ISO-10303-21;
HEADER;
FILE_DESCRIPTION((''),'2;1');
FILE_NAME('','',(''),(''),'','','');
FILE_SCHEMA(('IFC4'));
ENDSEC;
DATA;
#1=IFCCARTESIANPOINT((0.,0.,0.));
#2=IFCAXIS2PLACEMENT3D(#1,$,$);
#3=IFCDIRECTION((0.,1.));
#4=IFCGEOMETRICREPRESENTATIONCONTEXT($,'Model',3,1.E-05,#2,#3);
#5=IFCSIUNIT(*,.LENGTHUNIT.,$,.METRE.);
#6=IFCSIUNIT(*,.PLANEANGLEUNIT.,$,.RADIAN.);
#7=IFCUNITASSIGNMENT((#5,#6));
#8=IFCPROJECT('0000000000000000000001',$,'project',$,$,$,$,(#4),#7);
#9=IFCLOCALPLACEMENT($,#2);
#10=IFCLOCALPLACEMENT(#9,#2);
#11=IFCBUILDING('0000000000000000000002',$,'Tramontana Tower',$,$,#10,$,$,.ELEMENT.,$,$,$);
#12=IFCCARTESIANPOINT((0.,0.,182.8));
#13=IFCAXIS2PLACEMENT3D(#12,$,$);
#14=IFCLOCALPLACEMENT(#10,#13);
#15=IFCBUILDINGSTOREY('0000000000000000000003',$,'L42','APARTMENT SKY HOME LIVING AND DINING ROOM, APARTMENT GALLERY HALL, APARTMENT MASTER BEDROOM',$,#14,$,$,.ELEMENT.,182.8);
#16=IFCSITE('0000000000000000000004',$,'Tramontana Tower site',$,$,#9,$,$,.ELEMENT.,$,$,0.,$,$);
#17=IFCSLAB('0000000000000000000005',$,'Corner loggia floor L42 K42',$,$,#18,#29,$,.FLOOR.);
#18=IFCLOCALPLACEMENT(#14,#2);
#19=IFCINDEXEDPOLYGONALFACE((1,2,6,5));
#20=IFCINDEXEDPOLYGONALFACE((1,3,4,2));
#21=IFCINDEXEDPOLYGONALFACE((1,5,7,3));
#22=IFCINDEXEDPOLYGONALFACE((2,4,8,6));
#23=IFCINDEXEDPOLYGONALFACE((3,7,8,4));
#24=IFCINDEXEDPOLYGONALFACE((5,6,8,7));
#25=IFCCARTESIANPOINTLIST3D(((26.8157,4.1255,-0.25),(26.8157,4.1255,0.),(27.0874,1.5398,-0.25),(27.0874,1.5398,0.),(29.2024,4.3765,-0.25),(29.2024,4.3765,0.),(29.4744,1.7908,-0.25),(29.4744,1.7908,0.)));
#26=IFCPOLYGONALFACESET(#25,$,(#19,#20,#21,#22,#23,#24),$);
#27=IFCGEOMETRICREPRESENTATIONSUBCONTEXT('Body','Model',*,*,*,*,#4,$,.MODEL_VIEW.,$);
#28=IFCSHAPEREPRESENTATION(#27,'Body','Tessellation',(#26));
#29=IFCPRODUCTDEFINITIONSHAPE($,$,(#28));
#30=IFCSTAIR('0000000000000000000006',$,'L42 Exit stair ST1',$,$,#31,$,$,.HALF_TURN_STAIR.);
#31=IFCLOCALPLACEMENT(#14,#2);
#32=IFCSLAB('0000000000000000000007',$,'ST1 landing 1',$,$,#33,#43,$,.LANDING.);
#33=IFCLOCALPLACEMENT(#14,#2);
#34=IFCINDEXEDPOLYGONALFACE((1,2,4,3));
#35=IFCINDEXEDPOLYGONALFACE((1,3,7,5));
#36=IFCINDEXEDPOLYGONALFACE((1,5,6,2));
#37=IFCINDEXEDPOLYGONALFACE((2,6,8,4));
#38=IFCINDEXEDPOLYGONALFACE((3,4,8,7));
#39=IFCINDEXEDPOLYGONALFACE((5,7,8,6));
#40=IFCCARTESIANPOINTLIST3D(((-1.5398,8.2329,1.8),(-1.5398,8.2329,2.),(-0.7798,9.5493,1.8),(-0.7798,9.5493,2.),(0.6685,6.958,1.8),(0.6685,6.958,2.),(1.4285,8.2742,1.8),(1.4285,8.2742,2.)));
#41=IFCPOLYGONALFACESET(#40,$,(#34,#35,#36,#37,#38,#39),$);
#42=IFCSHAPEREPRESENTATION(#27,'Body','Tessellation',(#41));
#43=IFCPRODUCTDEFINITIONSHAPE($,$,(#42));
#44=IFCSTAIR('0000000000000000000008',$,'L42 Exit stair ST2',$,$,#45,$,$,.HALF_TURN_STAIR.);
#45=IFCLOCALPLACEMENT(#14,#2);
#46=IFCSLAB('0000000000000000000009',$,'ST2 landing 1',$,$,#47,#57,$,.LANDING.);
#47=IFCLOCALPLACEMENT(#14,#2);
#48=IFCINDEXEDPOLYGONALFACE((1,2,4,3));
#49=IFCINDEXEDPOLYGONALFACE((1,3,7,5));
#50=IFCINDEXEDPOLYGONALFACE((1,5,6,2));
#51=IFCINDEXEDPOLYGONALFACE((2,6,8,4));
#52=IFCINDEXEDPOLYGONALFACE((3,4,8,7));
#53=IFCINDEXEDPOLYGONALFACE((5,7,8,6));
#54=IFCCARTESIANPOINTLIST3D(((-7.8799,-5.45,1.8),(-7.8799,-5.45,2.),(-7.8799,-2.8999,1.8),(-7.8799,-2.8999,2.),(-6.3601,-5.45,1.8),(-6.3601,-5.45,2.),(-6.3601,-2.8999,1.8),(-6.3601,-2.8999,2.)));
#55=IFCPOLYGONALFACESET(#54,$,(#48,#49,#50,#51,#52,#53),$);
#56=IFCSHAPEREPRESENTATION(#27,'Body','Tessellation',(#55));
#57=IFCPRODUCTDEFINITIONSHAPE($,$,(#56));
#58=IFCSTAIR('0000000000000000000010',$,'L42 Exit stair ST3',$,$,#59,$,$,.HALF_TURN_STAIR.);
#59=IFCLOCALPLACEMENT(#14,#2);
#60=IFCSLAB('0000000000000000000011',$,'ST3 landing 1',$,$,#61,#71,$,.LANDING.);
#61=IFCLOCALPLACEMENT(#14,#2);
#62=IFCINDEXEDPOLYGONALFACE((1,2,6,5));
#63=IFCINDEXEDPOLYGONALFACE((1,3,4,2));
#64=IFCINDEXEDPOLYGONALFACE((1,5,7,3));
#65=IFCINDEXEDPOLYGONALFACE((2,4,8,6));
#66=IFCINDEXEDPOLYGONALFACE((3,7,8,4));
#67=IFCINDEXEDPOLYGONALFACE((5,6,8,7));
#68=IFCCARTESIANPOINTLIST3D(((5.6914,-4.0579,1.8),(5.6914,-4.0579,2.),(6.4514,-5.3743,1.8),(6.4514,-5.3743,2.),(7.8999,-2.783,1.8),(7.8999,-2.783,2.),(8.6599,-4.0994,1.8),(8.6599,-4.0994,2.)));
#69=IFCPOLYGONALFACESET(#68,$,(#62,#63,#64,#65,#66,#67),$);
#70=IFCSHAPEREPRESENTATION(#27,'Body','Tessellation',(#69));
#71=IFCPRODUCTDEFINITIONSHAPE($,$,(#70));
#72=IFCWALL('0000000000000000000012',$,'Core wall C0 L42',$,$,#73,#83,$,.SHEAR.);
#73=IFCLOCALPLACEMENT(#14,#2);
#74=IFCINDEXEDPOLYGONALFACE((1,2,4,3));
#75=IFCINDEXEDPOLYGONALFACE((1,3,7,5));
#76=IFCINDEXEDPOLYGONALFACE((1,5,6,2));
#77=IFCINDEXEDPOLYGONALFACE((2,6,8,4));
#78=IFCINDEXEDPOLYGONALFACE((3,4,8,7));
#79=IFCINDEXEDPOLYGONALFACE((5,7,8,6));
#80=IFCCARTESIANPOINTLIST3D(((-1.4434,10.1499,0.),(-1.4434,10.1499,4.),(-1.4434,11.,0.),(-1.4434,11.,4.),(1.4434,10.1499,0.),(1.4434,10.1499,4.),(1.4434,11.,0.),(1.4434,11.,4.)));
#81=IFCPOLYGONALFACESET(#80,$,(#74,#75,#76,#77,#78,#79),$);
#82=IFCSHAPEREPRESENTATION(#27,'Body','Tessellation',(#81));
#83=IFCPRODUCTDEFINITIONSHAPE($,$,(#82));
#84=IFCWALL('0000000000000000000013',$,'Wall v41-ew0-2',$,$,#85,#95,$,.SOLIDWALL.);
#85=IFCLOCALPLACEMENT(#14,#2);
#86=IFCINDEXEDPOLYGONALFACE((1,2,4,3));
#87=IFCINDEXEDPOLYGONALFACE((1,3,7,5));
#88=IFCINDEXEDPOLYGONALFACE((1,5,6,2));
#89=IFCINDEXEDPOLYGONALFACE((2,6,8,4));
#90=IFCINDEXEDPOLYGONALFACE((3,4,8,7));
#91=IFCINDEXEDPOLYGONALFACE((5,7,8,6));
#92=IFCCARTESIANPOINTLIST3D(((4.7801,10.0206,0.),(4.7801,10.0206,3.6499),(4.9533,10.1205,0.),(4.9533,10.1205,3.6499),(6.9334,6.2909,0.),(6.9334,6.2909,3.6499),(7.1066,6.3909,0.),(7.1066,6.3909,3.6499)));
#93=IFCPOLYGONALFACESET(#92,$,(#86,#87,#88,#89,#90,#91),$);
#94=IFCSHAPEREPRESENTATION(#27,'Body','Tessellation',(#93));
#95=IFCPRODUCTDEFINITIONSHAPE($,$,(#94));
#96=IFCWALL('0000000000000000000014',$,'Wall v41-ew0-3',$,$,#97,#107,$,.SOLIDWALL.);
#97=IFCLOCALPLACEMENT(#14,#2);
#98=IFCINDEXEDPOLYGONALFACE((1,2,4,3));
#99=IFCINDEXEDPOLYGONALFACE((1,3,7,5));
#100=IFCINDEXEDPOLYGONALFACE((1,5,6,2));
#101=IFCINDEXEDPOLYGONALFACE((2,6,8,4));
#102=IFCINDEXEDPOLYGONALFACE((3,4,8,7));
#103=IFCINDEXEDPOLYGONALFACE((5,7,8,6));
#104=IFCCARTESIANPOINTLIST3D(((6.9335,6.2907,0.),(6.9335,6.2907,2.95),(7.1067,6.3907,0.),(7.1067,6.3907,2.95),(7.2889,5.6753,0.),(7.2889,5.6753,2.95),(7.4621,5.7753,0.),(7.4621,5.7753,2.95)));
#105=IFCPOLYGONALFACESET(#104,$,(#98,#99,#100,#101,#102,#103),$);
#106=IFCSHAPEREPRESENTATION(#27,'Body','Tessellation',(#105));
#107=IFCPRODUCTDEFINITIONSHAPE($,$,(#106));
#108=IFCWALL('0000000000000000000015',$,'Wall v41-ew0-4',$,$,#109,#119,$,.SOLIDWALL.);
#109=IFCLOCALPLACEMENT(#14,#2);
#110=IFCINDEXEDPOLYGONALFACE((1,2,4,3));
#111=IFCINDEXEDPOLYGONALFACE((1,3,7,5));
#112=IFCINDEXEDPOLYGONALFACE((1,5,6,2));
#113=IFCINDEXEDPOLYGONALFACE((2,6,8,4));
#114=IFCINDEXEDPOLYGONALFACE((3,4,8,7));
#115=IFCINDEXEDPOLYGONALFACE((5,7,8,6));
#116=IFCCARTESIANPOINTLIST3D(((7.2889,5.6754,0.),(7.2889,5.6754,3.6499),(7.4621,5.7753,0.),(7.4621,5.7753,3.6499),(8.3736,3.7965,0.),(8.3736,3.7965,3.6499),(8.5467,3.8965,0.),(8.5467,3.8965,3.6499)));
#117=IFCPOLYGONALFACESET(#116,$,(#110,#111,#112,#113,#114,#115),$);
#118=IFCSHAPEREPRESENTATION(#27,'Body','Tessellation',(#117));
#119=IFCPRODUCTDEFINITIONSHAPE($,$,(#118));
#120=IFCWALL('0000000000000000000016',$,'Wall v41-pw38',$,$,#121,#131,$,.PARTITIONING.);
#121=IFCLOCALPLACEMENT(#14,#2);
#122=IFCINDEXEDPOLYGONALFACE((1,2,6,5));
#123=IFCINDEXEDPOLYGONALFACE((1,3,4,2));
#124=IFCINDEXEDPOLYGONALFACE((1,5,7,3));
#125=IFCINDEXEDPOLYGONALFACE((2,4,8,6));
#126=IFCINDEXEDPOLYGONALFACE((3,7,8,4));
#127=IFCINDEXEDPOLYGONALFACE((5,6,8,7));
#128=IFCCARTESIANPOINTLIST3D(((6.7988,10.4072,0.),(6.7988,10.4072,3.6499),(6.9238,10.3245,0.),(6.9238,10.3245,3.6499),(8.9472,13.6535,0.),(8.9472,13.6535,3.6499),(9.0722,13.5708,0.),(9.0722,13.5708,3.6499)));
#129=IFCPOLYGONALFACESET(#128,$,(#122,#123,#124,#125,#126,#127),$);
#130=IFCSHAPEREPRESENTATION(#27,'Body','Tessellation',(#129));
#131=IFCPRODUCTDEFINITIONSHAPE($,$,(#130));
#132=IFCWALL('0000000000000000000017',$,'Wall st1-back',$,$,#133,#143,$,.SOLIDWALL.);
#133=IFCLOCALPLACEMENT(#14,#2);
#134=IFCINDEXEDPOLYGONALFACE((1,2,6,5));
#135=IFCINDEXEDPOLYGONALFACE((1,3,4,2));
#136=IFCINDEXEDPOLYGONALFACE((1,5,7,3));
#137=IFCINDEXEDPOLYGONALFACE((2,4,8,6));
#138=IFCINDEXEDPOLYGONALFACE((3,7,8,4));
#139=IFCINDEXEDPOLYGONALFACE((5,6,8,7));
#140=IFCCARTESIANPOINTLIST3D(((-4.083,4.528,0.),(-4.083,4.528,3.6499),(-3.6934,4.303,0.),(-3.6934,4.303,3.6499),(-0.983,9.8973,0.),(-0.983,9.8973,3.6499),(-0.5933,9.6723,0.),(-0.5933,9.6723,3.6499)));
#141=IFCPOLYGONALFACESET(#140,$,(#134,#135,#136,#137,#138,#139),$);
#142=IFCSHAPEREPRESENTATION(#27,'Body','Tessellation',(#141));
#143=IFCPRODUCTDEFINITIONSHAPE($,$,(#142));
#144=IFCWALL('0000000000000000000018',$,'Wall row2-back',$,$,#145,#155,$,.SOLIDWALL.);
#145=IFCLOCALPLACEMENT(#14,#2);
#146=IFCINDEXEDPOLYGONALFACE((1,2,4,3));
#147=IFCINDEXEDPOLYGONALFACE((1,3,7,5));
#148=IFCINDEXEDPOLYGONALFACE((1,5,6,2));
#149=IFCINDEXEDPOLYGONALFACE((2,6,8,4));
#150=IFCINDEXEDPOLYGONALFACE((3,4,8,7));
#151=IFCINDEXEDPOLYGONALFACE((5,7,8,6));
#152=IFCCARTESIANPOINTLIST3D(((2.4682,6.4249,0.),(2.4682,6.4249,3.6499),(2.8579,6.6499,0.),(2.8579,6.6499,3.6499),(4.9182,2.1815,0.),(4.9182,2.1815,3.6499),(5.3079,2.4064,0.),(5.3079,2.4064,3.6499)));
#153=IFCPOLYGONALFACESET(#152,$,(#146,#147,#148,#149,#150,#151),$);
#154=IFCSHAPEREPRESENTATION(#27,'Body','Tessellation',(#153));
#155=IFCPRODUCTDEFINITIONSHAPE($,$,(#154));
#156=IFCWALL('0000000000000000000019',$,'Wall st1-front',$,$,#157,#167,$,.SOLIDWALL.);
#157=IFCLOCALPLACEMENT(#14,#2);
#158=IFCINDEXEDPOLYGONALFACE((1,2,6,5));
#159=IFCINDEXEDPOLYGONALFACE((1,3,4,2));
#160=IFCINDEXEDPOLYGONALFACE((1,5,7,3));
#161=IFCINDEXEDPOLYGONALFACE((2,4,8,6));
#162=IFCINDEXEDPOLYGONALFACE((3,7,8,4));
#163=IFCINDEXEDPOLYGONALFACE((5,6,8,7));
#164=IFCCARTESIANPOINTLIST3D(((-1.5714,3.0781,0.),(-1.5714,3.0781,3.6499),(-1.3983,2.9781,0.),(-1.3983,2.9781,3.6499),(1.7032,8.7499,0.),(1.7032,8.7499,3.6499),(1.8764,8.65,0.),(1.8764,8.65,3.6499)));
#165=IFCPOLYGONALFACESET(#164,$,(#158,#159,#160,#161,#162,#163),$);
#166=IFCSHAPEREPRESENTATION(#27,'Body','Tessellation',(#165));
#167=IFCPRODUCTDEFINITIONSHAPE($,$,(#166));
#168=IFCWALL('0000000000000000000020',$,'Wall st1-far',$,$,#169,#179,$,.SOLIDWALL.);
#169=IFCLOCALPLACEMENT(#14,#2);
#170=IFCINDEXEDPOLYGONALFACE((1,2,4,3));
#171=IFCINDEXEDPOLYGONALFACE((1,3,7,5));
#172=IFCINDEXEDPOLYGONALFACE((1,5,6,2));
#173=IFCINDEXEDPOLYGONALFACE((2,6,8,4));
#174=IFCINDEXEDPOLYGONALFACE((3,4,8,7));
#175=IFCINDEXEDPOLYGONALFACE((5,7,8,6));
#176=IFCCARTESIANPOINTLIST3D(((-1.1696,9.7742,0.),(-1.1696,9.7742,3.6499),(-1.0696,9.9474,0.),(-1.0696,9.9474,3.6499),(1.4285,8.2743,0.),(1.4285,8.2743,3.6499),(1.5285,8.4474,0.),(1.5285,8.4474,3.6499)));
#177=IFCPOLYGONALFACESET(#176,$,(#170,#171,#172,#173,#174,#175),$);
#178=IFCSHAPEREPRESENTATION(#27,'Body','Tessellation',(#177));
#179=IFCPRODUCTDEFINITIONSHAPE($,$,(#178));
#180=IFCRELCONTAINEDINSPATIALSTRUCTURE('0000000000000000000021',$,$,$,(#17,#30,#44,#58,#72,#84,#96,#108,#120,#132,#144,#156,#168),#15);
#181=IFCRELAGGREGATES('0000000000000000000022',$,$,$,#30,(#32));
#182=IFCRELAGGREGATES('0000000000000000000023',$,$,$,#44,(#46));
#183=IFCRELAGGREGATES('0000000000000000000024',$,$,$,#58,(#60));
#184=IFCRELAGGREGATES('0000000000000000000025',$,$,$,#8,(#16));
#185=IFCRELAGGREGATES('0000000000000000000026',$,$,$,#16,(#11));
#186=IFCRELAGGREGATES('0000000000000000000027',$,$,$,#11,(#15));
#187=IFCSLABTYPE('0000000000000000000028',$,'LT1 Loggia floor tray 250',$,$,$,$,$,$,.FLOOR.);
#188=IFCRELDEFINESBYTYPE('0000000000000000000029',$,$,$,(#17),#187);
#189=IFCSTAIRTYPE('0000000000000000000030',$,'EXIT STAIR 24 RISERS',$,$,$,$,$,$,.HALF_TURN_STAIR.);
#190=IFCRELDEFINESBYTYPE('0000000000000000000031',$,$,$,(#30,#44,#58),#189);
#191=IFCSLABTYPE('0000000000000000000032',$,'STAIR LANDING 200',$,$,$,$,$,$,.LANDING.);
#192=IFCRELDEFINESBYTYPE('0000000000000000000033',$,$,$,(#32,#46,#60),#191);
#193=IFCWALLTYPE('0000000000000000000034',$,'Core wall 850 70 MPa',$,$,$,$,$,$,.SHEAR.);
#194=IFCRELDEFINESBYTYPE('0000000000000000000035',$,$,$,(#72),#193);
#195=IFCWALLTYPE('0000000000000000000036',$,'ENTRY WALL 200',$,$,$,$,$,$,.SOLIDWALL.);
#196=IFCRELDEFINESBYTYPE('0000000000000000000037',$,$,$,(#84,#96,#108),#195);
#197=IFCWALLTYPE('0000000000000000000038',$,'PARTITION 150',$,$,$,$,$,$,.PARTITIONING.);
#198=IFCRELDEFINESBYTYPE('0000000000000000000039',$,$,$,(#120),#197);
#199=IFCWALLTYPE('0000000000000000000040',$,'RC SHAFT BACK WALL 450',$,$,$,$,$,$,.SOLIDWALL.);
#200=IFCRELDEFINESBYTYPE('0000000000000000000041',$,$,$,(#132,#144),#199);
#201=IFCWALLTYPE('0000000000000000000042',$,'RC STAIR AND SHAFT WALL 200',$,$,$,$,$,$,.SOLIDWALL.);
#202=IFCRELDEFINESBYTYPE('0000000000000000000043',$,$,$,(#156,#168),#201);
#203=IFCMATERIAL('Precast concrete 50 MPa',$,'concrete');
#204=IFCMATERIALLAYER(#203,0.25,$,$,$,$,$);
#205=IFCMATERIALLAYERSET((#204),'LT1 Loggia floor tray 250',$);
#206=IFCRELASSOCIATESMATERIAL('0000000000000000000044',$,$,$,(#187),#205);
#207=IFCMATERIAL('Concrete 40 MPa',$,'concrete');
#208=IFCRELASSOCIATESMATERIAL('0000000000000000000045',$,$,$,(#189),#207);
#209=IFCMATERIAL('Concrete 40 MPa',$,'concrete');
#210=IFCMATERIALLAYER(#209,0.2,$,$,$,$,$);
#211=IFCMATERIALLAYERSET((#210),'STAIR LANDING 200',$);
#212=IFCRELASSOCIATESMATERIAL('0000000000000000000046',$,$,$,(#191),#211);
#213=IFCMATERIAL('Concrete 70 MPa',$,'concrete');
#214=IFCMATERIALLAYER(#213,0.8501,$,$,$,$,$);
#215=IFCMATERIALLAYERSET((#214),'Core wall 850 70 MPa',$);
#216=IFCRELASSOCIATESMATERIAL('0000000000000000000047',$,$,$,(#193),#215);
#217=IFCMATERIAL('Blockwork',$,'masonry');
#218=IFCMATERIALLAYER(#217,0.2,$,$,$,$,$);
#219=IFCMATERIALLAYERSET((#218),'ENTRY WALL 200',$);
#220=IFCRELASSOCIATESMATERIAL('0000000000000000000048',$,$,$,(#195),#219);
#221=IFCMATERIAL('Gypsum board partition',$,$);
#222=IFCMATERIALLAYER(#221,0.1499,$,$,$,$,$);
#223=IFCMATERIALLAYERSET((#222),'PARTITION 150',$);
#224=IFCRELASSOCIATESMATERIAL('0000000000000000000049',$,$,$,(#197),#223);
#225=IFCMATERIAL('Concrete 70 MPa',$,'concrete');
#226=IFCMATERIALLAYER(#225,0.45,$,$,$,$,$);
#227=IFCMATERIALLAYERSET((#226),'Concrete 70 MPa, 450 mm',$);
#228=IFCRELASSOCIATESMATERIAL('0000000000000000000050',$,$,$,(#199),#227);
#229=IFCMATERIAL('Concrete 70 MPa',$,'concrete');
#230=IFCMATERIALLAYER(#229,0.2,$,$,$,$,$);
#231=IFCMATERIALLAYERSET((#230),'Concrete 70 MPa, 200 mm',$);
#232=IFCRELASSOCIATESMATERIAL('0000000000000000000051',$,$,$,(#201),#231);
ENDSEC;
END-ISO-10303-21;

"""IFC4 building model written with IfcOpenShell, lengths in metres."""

from ifc_helpers import new_model, si_unit, direction, frame, frame_2d, origin, place, context, subcontext, project, spatial, polyline, rectangle, outline, extrude, material, layer, layer_set, type_object, element, aggregate, save


model = new_model("IFC4")

# Units and contexts
model_context = context("Model", 3, precision=1e-05, world=origin(), true_north=direction((0.0, 1.0)))
body_context = subcontext(model_context, "Body", "Model", "MODEL_VIEW")
ifc_project = project(units=[si_unit("LENGTHUNIT", "METRE"), si_unit("PLANEANGLEUNIT", "RADIAN")], contexts=[model_context])

# Site, building, storey
site_placement = place(None, origin())
site = spatial("IfcSite", under=ifc_project, at=site_placement, Name="Tramontana Tower site", CompositionType="ELEMENT", RefElevation=0.0)
building_placement = place(site_placement, origin())
building = spatial("IfcBuilding", under=site, at=building_placement, Name="Tramontana Tower", CompositionType="ELEMENT")
storey_placement = place(building_placement, frame((0.0, 0.0, 182.8)))
storey = spatial("IfcBuildingStorey", under=building, at=storey_placement, Name="L42", Description="APARTMENT SKY HOME LIVING AND DINING ROOM, APARTMENT GALLERY HALL, APARTMENT MASTER BEDROOM", CompositionType="ELEMENT", Elevation=182.8)

# Slab
ifc_material_1 = material(Name="Precast concrete 50 MPa", Category="concrete")
ifc_layer_1 = layer(ifc_material_1, 0.25)
ifc_layer_set_1 = layer_set([ifc_layer_1], Name="LT1 Loggia floor tray 250")
slab_type_1 = type_object("IfcSlabType", Name="LT1 Loggia floor tray 250", PredefinedType="FLOOR", material=ifc_layer_set_1)
slab_1_placement = place(storey_placement, frame((0.0, 0.0, -0.25)))
element("IfcSlab", 1, at=slab_1_placement, inside=storey, type_object=slab_type_1, Name="Corner loggia floor L42 K42", PredefinedType="FLOOR", context=body_context, shape_type="SweptSolid", body=[
    extrude(outline(polyline([(29.4744, 1.7908), (27.0874, 1.5398), (26.8157, 4.1255), (29.2024, 4.3765), (29.4744, 1.7908)])), origin(), (0.0, 0.0, 1.0), 0.25),
])

# Stairs, slabs
ifc_material_2 = material(Name="Concrete 40 MPa", Category="concrete")
stair_type = type_object("IfcStairType", Name="EXIT STAIR 24 RISERS", PredefinedType="HALF_TURN_STAIR", material=ifc_material_2)
stair_1_placement = place(storey_placement, origin())
stair_1 = element("IfcStair", 2, at=stair_1_placement, inside=storey, type_object=stair_type, Name="L42 Exit stair ST1", PredefinedType="HALF_TURN_STAIR")
ifc_material_3 = material(Name="Concrete 40 MPa", Category="concrete")
ifc_layer_2 = layer(ifc_material_3, 0.2)
ifc_layer_set_2 = layer_set([ifc_layer_2], Name="STAIR LANDING 200")
slab_type_2 = type_object("IfcSlabType", Name="STAIR LANDING 200", PredefinedType="LANDING", material=ifc_layer_set_2)
slab_2_placement = place(storey_placement, frame((0.0, 0.0, 1.8)))
slab_2 = element("IfcSlab", 3, at=slab_2_placement, type_object=slab_type_2, Name="ST1 landing 1", PredefinedType="LANDING", context=body_context, shape_type="SweptSolid", body=[
    extrude(outline(polyline([(0.6685, 6.958), (1.4285, 8.2742), (-0.7798, 9.5493), (-1.5398, 8.2329), (0.6685, 6.958)])), origin(), (0.0, 0.0, 1.0), 0.2),
])
aggregate(stair_1, [slab_2])
stair_2_placement = place(storey_placement, origin())
stair_2 = element("IfcStair", 4, at=stair_2_placement, inside=storey, type_object=stair_type, Name="L42 Exit stair ST2", PredefinedType="HALF_TURN_STAIR")
slab_3_placement = place(storey_placement, frame((0.0, 0.0, 1.8)))
slab_3 = element("IfcSlab", 5, at=slab_3_placement, type_object=slab_type_2, Name="ST2 landing 1", PredefinedType="LANDING", context=body_context, shape_type="SweptSolid", body=[
    extrude(outline(polyline([(-6.3601, -2.8999), (-7.8799, -2.8999), (-7.8799, -5.45), (-6.3601, -5.45), (-6.3601, -2.8999)])), origin(), (0.0, 0.0, 1.0), 0.2),
])
aggregate(stair_2, [slab_3])
stair_3_placement = place(storey_placement, origin())
stair_3 = element("IfcStair", 6, at=stair_3_placement, inside=storey, type_object=stair_type, Name="L42 Exit stair ST3", PredefinedType="HALF_TURN_STAIR")
slab_4_placement = place(storey_placement, frame((0.0, 0.0, 1.8)))
slab_4 = element("IfcSlab", 7, at=slab_4_placement, type_object=slab_type_2, Name="ST3 landing 1", PredefinedType="LANDING", context=body_context, shape_type="SweptSolid", body=[
    extrude(outline(polyline([(5.6914, -4.0579), (6.4514, -5.3743), (8.6599, -4.0994), (7.8999, -2.783), (5.6914, -4.0579)])), origin(), (0.0, 0.0, 1.0), 0.2),
])
aggregate(stair_3, [slab_4])

# Walls
ifc_material_4 = material(Name="Concrete 70 MPa", Category="concrete")
ifc_layer_3 = layer(ifc_material_4, 0.8501)
ifc_layer_set_3 = layer_set([ifc_layer_3], Name="Core wall 850 70 MPa")
wall_type_1 = type_object("IfcWallType", Name="Core wall 850 70 MPa", PredefinedType="SHEAR", material=ifc_layer_set_3)
wall_1_placement = place(storey_placement, frame((1.4434, 10.575, 0.0), z_axis=(0.0, 0.0, 1.0), x_axis=(-1.0, 0.0, 0.0)))
element("IfcWall", 8, at=wall_1_placement, inside=storey, type_object=wall_type_1, Name="Core wall C0 L42", PredefinedType="SHEAR", context=body_context, shape_type="SweptSolid", body=[
    extrude(rectangle(XDim=2.8867, YDim=0.8501, at=frame_2d((1.4434, 0.0))), origin(), (0.0, 0.0, 1.0), 4.0),
])
ifc_material_5 = material(Name="Blockwork", Category="masonry")
ifc_layer_4 = layer(ifc_material_5, 0.2)
ifc_layer_set_4 = layer_set([ifc_layer_4], Name="ENTRY WALL 200")
wall_type_2 = type_object("IfcWallType", Name="ENTRY WALL 200", PredefinedType="SOLIDWALL", material=ifc_layer_set_4)
wall_2_placement = place(storey_placement, frame((4.8667, 10.0706, 0.0), z_axis=(0.0, 0.0, 1.0), x_axis=(0.499992, -0.86603, 0.0)))
element("IfcWall", 9, at=wall_2_placement, inside=storey, type_object=wall_type_2, Name="Wall v41-ew0-2", PredefinedType="SOLIDWALL", context=body_context, shape_type="SweptSolid", body=[
    extrude(rectangle(XDim=4.3066, YDim=0.2, at=frame_2d((2.1533, 0.0))), origin(), (0.0, 0.0, 1.0), 3.6499),
])
wall_3_placement = place(storey_placement, frame((7.02, 6.3408, 0.0), z_axis=(0.0, 0.0, 1.0), x_axis=(0.500129, -0.865951, 0.0)))
element("IfcWall", 10, at=wall_3_placement, inside=storey, type_object=wall_type_2, Name="Wall v41-ew0-3", PredefinedType="SOLIDWALL", context=body_context, shape_type="SweptSolid", body=[
    extrude(rectangle(XDim=0.7107, YDim=0.2, at=frame_2d((0.3555, 0.0))), origin(), (0.0, 0.0, 1.0), 2.95),
])
wall_4_placement = place(storey_placement, frame((7.3755, 5.7253, 0.0), z_axis=(0.0, 0.0, 1.0), x_axis=(0.499976, -0.866039, 0.0)))
element("IfcWall", 11, at=wall_4_placement, inside=storey, type_object=wall_type_2, Name="Wall v41-ew0-4", PredefinedType="SOLIDWALL", context=body_context, shape_type="SweptSolid", body=[
    extrude(rectangle(XDim=2.1694, YDim=0.2, at=frame_2d((1.0847, 0.0))), origin(), (0.0, 0.0, 1.0), 3.6499),
])

# Shared definitions
ifc_material_6 = material(Name="Gypsum board partition")
ifc_layer_5 = layer(ifc_material_6, 0.1499)
ifc_layer_set_5 = layer_set([ifc_layer_5], Name="PARTITION 150")
wall_type_3 = type_object("IfcWallType", Name="PARTITION 150", PredefinedType="PARTITIONING", material=ifc_layer_set_5)

# Wall
wall_5_placement = place(storey_placement, frame((6.8613, 10.366, 0.0), z_axis=(0.0, 0.0, 1.0), x_axis=(0.551889, 0.833917, 0.0)))
element("IfcWall", 12, at=wall_5_placement, inside=storey, type_object=wall_type_3, Name="Wall v41-pw38", PredefinedType="PARTITIONING", context=body_context, shape_type="SweptSolid", body=[
    extrude(rectangle(XDim=3.8928, YDim=0.1499, at=frame_2d((1.9463, 0.0))), origin(), (0.0, 0.0, 1.0), 3.6499),
])

# Walls
ifc_material_7 = material(Name="Concrete 70 MPa", Category="concrete")
ifc_layer_6 = layer(ifc_material_7, 0.45)
ifc_layer_set_6 = layer_set([ifc_layer_6], Name="Concrete 70 MPa, 450 mm")
wall_type_4 = type_object("IfcWallType", Name="RC SHAFT BACK WALL 450", PredefinedType="SOLIDWALL", material=ifc_layer_set_6)
wall_6_placement = place(storey_placement, frame((-0.7881, 9.7849, 0.0), z_axis=(0.0, 0.0, 1.0), x_axis=(-0.50001, -0.86602, 0.0)))
element("IfcWall", 13, at=wall_6_placement, inside=storey, type_object=wall_type_4, Name="Wall st1-back", PredefinedType="SOLIDWALL", context=body_context, shape_type="SweptSolid", body=[
    extrude(rectangle(XDim=6.2, YDim=0.45, at=frame_2d((3.1001, 0.0))), origin(), (0.0, 0.0, 1.0), 3.6499),
])
wall_7_placement = place(storey_placement, frame((5.113, 2.2939, 0.0), z_axis=(0.0, 0.0, 1.0), x_axis=(-0.500003, 0.866024, 0.0)))
element("IfcWall", 14, at=wall_7_placement, inside=storey, type_object=wall_type_4, Name="Wall row2-back", PredefinedType="SOLIDWALL", context=body_context, shape_type="SweptSolid", body=[
    extrude(rectangle(XDim=4.8999, YDim=0.45, at=frame_2d((2.45, 0.0))), origin(), (0.0, 0.0, 1.0), 3.6499),
])
ifc_material_8 = material(Name="Concrete 70 MPa", Category="concrete")
ifc_layer_7 = layer(ifc_material_8, 0.2)
ifc_layer_set_7 = layer_set([ifc_layer_7], Name="Concrete 70 MPa, 200 mm")
wall_type_5 = type_object("IfcWallType", Name="RC STAIR AND SHAFT WALL 200", PredefinedType="SOLIDWALL", material=ifc_layer_set_7)
wall_8_placement = place(storey_placement, frame((1.7898, 8.7, 0.0), z_axis=(0.0, 0.0, 1.0), x_axis=(-0.5, -0.866025, 0.0)))
element("IfcWall", 15, at=wall_8_placement, inside=storey, type_object=wall_type_5, Name="Wall st1-front", PredefinedType="SOLIDWALL", context=body_context, shape_type="SweptSolid", body=[
    extrude(rectangle(XDim=6.5493, YDim=0.2, at=frame_2d((3.2747, 0.0))), origin(), (0.0, 0.0, 1.0), 3.6499),
])
wall_9_placement = place(storey_placement, frame((1.4785, 8.3608, 0.0), z_axis=(0.0, 0.0, 1.0), x_axis=(-0.866031, 0.49999, 0.0)))
element("IfcWall", 16, at=wall_9_placement, inside=storey, type_object=wall_type_5, Name="Wall st1-far", PredefinedType="SOLIDWALL", context=body_context, shape_type="SweptSolid", body=[
    extrude(rectangle(XDim=3.0, YDim=0.2, at=frame_2d((1.5, 0.0))), origin(), (0.0, 0.0, 1.0), 3.6499),
])

save(model, "model.ifc")
